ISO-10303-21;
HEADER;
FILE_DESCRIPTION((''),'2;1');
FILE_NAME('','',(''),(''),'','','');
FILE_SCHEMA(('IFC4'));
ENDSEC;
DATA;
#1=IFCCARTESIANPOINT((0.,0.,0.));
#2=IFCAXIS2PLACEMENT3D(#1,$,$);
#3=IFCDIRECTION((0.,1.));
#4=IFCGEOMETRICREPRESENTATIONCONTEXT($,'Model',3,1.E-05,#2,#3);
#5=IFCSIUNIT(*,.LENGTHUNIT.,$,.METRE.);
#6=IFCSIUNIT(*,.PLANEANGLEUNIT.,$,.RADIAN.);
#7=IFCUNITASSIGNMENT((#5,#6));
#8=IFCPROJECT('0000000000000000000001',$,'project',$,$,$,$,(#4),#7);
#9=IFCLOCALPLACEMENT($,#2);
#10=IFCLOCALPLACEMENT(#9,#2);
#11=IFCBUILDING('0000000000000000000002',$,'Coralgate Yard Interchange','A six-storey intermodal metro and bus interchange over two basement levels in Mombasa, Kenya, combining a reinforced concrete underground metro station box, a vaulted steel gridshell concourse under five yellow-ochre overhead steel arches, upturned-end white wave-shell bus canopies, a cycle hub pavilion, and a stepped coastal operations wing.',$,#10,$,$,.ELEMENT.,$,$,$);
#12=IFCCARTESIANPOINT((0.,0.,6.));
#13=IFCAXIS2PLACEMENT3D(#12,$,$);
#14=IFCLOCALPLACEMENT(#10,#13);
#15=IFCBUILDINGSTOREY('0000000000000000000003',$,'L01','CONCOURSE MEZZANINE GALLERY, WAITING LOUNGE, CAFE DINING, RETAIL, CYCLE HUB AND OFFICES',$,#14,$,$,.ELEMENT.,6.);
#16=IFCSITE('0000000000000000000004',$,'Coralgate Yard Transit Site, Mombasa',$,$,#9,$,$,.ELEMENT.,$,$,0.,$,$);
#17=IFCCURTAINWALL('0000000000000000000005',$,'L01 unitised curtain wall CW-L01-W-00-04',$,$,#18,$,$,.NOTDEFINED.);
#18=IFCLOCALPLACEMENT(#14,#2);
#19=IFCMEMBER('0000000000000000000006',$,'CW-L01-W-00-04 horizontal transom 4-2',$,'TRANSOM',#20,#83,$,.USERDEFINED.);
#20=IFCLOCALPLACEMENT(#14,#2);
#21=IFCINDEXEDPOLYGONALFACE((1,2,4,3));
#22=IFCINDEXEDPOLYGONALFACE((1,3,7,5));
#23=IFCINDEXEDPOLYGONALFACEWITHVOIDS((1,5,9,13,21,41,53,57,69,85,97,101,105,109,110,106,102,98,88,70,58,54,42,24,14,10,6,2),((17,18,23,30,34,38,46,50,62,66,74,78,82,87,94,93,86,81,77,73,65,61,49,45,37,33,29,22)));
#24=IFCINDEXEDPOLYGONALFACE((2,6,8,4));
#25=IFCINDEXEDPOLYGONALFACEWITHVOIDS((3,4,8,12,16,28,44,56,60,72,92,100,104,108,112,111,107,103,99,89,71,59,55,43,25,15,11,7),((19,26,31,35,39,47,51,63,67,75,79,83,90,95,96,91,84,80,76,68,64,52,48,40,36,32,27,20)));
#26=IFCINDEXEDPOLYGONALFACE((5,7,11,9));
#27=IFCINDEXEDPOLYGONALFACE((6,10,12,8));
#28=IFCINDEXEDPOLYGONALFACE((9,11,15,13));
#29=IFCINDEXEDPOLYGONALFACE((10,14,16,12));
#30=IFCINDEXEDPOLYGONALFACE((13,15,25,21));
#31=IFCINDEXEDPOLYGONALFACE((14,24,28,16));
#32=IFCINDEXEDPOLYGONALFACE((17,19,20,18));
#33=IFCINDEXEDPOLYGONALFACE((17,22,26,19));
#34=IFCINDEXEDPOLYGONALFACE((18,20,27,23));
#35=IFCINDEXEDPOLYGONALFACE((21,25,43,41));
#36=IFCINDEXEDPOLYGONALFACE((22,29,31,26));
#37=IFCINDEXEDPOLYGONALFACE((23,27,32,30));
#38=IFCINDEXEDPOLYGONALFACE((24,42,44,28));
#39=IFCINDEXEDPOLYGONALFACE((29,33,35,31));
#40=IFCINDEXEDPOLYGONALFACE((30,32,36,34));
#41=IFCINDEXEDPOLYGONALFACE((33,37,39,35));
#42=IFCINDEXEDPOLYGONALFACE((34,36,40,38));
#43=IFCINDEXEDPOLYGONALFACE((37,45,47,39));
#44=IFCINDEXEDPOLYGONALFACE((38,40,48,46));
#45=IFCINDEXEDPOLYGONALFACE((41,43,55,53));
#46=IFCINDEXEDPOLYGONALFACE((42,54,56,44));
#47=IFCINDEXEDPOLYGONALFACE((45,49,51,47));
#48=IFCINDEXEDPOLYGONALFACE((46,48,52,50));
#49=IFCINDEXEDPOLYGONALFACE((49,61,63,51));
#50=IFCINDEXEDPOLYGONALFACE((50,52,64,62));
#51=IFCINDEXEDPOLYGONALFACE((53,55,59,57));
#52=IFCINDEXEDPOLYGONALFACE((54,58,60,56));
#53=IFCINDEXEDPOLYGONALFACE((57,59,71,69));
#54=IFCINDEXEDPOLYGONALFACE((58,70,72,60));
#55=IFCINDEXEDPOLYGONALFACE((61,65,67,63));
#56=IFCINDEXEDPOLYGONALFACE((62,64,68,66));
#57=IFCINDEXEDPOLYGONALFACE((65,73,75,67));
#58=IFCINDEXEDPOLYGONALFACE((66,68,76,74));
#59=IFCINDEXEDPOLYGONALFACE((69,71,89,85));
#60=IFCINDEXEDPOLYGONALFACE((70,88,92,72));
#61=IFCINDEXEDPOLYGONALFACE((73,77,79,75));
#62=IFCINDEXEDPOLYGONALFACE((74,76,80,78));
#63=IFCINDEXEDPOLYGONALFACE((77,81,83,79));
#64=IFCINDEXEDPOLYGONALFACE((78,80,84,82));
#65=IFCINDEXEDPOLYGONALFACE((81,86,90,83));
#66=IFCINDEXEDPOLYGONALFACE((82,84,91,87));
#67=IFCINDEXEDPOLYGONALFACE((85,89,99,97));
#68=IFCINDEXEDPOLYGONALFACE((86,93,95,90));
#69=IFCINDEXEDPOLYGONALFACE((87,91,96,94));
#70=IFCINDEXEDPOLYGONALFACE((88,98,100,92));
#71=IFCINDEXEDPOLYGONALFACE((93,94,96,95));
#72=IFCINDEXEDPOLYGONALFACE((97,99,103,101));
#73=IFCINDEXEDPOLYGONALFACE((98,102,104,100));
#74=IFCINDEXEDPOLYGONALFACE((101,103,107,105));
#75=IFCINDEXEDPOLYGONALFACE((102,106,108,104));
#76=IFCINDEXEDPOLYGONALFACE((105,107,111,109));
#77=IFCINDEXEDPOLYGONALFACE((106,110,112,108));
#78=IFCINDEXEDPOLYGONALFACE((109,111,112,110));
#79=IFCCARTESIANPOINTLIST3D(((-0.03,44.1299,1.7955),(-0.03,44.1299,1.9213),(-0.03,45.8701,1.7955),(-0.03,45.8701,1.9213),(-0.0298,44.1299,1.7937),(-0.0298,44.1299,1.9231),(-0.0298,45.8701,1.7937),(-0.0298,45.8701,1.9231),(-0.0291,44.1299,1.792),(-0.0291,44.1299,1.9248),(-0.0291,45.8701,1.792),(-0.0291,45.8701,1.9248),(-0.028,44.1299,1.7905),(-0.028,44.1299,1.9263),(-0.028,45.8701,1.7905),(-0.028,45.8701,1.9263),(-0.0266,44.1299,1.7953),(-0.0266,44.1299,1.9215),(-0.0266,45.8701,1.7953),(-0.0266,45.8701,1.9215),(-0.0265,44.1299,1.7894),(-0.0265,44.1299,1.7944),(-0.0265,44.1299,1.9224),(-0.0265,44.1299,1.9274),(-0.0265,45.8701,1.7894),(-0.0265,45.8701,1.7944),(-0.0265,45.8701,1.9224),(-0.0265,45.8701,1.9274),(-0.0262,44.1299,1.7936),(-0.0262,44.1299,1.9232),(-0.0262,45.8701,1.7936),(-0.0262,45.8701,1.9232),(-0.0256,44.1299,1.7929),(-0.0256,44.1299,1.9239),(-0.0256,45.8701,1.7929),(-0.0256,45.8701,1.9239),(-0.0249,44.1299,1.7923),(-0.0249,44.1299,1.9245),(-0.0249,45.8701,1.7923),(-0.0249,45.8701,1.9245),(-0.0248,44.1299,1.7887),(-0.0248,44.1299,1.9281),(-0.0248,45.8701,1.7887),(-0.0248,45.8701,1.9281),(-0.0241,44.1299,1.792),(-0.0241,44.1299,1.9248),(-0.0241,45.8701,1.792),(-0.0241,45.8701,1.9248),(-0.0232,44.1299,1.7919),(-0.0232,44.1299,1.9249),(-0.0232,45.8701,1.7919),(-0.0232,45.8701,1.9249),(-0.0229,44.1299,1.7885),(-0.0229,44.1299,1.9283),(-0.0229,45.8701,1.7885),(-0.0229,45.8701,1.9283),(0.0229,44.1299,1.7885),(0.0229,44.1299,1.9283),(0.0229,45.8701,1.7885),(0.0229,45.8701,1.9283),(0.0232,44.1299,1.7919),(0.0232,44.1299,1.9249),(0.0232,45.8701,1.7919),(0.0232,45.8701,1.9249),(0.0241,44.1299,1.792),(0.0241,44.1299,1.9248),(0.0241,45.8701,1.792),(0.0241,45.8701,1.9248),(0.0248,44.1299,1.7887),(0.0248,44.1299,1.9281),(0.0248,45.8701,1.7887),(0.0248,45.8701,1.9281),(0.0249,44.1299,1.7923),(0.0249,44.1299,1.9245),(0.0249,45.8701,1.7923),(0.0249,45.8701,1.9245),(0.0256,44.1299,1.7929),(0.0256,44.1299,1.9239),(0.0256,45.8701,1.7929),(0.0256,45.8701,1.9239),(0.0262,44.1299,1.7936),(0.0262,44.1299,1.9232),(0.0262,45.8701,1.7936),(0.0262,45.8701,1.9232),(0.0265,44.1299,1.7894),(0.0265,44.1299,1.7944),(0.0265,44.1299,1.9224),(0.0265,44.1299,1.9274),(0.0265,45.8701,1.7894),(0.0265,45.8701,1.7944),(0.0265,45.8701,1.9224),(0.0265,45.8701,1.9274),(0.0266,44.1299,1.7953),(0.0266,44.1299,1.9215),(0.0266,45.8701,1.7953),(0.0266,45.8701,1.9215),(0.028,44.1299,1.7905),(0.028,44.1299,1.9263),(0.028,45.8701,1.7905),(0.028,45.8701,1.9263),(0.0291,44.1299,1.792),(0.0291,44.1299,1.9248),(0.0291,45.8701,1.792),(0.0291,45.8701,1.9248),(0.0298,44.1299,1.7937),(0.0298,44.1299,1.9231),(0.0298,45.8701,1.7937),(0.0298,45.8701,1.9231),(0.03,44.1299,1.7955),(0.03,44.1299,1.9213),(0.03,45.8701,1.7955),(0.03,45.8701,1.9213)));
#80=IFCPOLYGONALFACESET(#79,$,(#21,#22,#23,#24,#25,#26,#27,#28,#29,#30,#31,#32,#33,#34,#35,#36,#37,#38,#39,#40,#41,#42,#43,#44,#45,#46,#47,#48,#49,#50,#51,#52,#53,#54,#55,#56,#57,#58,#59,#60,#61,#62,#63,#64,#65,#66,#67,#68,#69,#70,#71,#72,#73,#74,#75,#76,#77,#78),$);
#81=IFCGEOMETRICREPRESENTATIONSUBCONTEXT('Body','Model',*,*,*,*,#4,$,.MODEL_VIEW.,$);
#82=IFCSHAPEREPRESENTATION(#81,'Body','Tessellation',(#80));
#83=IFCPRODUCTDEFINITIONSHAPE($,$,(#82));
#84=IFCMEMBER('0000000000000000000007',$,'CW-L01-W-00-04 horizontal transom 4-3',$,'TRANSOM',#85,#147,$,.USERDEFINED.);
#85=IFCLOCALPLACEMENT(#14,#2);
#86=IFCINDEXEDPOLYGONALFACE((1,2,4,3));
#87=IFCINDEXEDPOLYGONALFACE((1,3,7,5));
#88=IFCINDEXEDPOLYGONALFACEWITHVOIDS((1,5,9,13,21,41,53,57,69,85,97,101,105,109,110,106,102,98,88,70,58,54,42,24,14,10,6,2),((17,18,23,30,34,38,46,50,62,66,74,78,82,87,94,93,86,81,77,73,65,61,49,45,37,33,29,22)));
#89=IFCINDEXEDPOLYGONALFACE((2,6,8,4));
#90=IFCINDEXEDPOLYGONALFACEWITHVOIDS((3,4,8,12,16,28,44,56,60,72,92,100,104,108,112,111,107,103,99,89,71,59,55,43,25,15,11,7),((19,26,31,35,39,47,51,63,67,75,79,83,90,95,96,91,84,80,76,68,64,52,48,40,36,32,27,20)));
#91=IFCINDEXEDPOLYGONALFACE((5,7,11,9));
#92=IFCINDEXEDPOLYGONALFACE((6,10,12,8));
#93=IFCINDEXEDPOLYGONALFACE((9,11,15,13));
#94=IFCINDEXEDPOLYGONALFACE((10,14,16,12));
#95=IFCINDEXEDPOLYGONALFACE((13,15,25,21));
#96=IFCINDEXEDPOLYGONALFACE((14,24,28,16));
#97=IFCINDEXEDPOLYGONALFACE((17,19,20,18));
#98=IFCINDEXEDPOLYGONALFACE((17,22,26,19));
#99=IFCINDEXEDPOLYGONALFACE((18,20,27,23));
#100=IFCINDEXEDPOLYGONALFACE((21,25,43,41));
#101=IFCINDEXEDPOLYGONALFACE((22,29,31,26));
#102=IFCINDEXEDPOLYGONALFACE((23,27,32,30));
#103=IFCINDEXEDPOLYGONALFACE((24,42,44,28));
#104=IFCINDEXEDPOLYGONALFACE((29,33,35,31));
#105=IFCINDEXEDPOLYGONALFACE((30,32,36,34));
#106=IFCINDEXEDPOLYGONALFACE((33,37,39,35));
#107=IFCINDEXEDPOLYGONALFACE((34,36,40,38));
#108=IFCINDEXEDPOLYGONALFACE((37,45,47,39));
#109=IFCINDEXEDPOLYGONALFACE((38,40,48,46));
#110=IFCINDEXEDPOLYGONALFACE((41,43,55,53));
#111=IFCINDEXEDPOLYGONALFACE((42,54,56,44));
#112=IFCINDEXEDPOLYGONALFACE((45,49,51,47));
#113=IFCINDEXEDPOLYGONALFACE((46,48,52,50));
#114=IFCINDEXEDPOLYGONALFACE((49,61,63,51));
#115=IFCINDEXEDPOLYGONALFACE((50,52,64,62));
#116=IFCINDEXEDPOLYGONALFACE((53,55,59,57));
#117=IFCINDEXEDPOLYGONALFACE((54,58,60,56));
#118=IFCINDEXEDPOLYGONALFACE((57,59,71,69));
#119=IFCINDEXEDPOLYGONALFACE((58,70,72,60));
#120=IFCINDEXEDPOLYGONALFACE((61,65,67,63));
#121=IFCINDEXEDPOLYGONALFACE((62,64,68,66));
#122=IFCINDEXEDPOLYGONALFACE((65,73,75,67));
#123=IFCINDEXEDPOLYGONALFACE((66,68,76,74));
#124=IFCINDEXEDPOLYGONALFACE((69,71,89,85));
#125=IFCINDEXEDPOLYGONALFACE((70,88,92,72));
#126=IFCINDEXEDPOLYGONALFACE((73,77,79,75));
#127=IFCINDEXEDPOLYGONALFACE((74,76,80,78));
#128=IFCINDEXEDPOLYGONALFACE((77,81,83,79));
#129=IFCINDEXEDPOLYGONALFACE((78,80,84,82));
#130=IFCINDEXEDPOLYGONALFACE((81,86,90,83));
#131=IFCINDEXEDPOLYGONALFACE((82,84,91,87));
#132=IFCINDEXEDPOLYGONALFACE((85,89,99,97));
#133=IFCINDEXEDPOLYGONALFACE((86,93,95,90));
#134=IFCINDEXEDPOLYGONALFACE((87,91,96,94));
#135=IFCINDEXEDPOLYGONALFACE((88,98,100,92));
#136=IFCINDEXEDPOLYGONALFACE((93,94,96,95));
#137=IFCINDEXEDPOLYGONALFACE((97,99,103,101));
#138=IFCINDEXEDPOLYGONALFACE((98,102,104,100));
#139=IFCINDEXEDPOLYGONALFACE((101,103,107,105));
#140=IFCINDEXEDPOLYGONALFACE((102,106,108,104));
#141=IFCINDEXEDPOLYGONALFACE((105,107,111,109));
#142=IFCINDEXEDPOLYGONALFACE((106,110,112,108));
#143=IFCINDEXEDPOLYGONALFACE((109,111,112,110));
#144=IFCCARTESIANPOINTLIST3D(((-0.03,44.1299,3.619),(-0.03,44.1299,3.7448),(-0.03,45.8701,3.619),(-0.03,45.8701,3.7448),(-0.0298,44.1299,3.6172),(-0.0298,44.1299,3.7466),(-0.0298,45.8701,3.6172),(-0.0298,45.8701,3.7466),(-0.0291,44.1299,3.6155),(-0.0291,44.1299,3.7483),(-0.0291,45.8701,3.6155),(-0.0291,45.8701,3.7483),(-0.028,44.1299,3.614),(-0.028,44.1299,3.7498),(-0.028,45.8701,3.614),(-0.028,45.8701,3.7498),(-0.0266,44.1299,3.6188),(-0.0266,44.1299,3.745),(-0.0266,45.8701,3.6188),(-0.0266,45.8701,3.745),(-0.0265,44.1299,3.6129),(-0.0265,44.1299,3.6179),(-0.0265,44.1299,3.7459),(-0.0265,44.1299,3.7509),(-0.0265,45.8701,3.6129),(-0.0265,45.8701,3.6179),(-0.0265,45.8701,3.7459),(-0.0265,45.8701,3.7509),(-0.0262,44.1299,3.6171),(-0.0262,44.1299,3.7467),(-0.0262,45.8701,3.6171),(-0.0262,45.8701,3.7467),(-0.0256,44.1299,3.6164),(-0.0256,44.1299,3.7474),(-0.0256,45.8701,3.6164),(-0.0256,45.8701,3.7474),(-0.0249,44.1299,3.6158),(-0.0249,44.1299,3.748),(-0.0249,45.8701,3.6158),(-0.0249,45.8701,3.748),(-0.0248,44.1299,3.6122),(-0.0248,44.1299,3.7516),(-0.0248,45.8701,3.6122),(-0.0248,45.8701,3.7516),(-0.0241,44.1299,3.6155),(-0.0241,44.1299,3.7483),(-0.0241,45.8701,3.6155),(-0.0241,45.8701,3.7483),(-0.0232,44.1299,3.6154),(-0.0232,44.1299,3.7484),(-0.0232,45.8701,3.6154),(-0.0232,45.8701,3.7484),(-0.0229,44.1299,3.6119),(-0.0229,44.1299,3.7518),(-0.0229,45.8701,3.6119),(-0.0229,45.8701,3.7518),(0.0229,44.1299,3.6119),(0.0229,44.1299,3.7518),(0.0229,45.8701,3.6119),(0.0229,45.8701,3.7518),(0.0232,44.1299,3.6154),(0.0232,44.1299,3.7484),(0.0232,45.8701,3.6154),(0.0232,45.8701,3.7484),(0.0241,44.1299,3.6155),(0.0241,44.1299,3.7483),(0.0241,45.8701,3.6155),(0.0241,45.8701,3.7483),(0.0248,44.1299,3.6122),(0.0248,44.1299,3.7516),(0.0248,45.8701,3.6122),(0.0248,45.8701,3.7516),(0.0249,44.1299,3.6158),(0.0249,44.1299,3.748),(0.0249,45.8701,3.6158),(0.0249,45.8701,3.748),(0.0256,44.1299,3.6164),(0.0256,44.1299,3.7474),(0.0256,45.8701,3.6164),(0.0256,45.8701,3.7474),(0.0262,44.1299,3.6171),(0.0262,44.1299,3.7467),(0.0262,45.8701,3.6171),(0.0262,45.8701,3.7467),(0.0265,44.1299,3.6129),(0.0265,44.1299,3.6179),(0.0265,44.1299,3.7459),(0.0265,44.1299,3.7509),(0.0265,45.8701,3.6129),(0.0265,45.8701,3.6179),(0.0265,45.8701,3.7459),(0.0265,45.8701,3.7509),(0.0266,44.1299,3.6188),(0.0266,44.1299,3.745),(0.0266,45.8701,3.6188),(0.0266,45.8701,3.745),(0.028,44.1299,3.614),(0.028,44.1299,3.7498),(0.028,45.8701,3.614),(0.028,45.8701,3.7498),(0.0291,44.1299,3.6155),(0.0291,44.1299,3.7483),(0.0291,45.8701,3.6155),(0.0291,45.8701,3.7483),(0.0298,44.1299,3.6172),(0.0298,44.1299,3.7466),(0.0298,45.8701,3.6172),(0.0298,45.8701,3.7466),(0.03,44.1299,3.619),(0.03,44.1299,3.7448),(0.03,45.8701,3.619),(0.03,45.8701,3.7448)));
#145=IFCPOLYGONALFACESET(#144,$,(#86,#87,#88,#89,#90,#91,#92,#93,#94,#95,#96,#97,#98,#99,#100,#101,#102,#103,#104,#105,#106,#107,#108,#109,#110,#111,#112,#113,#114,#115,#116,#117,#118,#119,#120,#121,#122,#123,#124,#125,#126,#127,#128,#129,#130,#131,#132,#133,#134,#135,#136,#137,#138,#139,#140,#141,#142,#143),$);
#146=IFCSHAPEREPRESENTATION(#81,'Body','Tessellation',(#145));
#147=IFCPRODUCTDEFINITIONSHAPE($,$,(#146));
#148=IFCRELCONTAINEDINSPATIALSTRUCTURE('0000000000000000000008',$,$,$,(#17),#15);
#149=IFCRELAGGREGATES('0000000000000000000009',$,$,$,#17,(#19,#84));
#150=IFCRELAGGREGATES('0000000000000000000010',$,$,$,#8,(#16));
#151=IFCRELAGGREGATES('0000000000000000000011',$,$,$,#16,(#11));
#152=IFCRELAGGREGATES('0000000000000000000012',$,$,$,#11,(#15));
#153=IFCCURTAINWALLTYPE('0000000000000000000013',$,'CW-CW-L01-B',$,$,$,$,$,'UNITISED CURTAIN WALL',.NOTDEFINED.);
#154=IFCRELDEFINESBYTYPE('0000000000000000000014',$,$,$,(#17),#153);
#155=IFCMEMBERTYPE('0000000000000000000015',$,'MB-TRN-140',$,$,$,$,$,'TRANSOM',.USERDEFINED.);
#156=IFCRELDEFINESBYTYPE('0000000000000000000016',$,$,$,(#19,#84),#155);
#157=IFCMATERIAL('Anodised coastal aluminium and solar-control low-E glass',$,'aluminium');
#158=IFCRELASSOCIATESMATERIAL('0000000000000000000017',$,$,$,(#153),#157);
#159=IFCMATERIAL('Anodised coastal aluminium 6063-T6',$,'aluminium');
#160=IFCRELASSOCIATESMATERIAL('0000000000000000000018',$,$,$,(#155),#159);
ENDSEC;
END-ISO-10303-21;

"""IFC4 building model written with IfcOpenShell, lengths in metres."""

from ifc_helpers import new_model, si_unit, direction, frame, origin, origin_2d, place, context, subcontext, project, spatial, hollow_rectangle, extrude, material, material_profile, profile_set, type_object, element, aggregate, save


model = new_model("IFC4")

# Units and contexts
model_context = context("Model", 3, precision=1e-05, world=origin(), true_north=direction((0.0, 1.0)))
body_context = subcontext(model_context, "Body", "Model", "MODEL_VIEW")
ifc_project = project(units=[si_unit("LENGTHUNIT", "METRE"), si_unit("PLANEANGLEUNIT", "RADIAN")], contexts=[model_context])

# Site, building, storey
site_placement = place(None, origin())
site = spatial("IfcSite", under=ifc_project, at=site_placement, Name="Coralgate Yard Transit Site, Mombasa", CompositionType="ELEMENT", RefElevation=0.0)
building_placement = place(site_placement, origin())
building = spatial("IfcBuilding", under=site, at=building_placement, Name="Coralgate Yard Interchange", Description="A six-storey intermodal metro and bus interchange over two basement levels in Mombasa, Kenya, combining a reinforced concrete underground metro station box, a vaulted steel gridshell concourse under five yellow-ochre overhead steel arches, upturned-end white wave-shell bus canopies, a cycle hub pavilion, and a stepped coastal operations wing.", CompositionType="ELEMENT")
storey_placement = place(building_placement, frame((0.0, 0.0, 6.0)))
storey = spatial("IfcBuildingStorey", under=building, at=storey_placement, Name="L01", Description="CONCOURSE MEZZANINE GALLERY, WAITING LOUNGE, CAFE DINING, RETAIL, CYCLE HUB AND OFFICES", CompositionType="ELEMENT", Elevation=6.0)

# Curtain wall, members
ifc_material_1 = material(Name="Anodised coastal aluminium and solar-control low-E glass", Category="aluminium")
curtain_wall_type = type_object("IfcCurtainWallType", Name="CW-CW-L01-B", ElementType="UNITISED CURTAIN WALL", PredefinedType="NOTDEFINED", material=ifc_material_1)
curtain_wall_placement = place(storey_placement, origin())
curtain_wall = element("IfcCurtainWall", 1, at=curtain_wall_placement, inside=storey, type_object=curtain_wall_type, Name="L01 unitised curtain wall CW-L01-W-00-04", PredefinedType="NOTDEFINED")
ifc_material_2 = material(Name="Anodised coastal aluminium 6063-T6", Category="aluminium")
ifc_material_profile_1 = material_profile(ifc_material_2, hollow_rectangle(XDim=0.0601, YDim=0.1399, WallThickness=0.0034, InnerFilletRadius=0.0034, OuterFilletRadius=0.0071, at=origin_2d()), Name="ALU 60x140x3.5")
ifc_profile_set_1 = profile_set([ifc_material_profile_1], Name="Anodised coastal aluminium 6063-T6")
member_type_1 = type_object("IfcMemberType", Name="MB-TRN-140", ElementType="TRANSOM", PredefinedType="USERDEFINED", material=ifc_profile_set_1)
member_1_placement = place(storey_placement, frame((0.0, 44.1299, 1.8584), z_axis=(0.0, 1.0, 0.0), x_axis=(-1.0, 0.0, 0.0)))
member_1 = element("IfcMember", 2, at=member_1_placement, type_object=member_type_1, Name="CW-L01-W-00-04 horizontal transom 4-2", ObjectType="TRANSOM", PredefinedType="USERDEFINED", context=body_context, shape_type="SweptSolid", body=[
    extrude(hollow_rectangle(XDim=0.0601, YDim=0.1399, WallThickness=0.0034, InnerFilletRadius=0.0034, OuterFilletRadius=0.0071, at=origin_2d()), origin(), (0.0, 0.0, 1.0), 1.7402),
])
member_2_placement = place(storey_placement, frame((0.0, 44.1299, 3.6819), z_axis=(0.0, 1.0, 0.0), x_axis=(-1.0, 0.0, 0.0)))
member_2 = element("IfcMember", 3, at=member_2_placement, type_object=member_type_1, Name="CW-L01-W-00-04 horizontal transom 4-3", ObjectType="TRANSOM", PredefinedType="USERDEFINED", context=body_context, shape_type="SweptSolid", body=[
    extrude(hollow_rectangle(XDim=0.0601, YDim=0.1399, WallThickness=0.0034, InnerFilletRadius=0.0034, OuterFilletRadius=0.0071, at=origin_2d()), origin(), (0.0, 0.0, 1.0), 1.7402),
])
aggregate(curtain_wall, [member_1, member_2])

save(model, "model.ifc")
